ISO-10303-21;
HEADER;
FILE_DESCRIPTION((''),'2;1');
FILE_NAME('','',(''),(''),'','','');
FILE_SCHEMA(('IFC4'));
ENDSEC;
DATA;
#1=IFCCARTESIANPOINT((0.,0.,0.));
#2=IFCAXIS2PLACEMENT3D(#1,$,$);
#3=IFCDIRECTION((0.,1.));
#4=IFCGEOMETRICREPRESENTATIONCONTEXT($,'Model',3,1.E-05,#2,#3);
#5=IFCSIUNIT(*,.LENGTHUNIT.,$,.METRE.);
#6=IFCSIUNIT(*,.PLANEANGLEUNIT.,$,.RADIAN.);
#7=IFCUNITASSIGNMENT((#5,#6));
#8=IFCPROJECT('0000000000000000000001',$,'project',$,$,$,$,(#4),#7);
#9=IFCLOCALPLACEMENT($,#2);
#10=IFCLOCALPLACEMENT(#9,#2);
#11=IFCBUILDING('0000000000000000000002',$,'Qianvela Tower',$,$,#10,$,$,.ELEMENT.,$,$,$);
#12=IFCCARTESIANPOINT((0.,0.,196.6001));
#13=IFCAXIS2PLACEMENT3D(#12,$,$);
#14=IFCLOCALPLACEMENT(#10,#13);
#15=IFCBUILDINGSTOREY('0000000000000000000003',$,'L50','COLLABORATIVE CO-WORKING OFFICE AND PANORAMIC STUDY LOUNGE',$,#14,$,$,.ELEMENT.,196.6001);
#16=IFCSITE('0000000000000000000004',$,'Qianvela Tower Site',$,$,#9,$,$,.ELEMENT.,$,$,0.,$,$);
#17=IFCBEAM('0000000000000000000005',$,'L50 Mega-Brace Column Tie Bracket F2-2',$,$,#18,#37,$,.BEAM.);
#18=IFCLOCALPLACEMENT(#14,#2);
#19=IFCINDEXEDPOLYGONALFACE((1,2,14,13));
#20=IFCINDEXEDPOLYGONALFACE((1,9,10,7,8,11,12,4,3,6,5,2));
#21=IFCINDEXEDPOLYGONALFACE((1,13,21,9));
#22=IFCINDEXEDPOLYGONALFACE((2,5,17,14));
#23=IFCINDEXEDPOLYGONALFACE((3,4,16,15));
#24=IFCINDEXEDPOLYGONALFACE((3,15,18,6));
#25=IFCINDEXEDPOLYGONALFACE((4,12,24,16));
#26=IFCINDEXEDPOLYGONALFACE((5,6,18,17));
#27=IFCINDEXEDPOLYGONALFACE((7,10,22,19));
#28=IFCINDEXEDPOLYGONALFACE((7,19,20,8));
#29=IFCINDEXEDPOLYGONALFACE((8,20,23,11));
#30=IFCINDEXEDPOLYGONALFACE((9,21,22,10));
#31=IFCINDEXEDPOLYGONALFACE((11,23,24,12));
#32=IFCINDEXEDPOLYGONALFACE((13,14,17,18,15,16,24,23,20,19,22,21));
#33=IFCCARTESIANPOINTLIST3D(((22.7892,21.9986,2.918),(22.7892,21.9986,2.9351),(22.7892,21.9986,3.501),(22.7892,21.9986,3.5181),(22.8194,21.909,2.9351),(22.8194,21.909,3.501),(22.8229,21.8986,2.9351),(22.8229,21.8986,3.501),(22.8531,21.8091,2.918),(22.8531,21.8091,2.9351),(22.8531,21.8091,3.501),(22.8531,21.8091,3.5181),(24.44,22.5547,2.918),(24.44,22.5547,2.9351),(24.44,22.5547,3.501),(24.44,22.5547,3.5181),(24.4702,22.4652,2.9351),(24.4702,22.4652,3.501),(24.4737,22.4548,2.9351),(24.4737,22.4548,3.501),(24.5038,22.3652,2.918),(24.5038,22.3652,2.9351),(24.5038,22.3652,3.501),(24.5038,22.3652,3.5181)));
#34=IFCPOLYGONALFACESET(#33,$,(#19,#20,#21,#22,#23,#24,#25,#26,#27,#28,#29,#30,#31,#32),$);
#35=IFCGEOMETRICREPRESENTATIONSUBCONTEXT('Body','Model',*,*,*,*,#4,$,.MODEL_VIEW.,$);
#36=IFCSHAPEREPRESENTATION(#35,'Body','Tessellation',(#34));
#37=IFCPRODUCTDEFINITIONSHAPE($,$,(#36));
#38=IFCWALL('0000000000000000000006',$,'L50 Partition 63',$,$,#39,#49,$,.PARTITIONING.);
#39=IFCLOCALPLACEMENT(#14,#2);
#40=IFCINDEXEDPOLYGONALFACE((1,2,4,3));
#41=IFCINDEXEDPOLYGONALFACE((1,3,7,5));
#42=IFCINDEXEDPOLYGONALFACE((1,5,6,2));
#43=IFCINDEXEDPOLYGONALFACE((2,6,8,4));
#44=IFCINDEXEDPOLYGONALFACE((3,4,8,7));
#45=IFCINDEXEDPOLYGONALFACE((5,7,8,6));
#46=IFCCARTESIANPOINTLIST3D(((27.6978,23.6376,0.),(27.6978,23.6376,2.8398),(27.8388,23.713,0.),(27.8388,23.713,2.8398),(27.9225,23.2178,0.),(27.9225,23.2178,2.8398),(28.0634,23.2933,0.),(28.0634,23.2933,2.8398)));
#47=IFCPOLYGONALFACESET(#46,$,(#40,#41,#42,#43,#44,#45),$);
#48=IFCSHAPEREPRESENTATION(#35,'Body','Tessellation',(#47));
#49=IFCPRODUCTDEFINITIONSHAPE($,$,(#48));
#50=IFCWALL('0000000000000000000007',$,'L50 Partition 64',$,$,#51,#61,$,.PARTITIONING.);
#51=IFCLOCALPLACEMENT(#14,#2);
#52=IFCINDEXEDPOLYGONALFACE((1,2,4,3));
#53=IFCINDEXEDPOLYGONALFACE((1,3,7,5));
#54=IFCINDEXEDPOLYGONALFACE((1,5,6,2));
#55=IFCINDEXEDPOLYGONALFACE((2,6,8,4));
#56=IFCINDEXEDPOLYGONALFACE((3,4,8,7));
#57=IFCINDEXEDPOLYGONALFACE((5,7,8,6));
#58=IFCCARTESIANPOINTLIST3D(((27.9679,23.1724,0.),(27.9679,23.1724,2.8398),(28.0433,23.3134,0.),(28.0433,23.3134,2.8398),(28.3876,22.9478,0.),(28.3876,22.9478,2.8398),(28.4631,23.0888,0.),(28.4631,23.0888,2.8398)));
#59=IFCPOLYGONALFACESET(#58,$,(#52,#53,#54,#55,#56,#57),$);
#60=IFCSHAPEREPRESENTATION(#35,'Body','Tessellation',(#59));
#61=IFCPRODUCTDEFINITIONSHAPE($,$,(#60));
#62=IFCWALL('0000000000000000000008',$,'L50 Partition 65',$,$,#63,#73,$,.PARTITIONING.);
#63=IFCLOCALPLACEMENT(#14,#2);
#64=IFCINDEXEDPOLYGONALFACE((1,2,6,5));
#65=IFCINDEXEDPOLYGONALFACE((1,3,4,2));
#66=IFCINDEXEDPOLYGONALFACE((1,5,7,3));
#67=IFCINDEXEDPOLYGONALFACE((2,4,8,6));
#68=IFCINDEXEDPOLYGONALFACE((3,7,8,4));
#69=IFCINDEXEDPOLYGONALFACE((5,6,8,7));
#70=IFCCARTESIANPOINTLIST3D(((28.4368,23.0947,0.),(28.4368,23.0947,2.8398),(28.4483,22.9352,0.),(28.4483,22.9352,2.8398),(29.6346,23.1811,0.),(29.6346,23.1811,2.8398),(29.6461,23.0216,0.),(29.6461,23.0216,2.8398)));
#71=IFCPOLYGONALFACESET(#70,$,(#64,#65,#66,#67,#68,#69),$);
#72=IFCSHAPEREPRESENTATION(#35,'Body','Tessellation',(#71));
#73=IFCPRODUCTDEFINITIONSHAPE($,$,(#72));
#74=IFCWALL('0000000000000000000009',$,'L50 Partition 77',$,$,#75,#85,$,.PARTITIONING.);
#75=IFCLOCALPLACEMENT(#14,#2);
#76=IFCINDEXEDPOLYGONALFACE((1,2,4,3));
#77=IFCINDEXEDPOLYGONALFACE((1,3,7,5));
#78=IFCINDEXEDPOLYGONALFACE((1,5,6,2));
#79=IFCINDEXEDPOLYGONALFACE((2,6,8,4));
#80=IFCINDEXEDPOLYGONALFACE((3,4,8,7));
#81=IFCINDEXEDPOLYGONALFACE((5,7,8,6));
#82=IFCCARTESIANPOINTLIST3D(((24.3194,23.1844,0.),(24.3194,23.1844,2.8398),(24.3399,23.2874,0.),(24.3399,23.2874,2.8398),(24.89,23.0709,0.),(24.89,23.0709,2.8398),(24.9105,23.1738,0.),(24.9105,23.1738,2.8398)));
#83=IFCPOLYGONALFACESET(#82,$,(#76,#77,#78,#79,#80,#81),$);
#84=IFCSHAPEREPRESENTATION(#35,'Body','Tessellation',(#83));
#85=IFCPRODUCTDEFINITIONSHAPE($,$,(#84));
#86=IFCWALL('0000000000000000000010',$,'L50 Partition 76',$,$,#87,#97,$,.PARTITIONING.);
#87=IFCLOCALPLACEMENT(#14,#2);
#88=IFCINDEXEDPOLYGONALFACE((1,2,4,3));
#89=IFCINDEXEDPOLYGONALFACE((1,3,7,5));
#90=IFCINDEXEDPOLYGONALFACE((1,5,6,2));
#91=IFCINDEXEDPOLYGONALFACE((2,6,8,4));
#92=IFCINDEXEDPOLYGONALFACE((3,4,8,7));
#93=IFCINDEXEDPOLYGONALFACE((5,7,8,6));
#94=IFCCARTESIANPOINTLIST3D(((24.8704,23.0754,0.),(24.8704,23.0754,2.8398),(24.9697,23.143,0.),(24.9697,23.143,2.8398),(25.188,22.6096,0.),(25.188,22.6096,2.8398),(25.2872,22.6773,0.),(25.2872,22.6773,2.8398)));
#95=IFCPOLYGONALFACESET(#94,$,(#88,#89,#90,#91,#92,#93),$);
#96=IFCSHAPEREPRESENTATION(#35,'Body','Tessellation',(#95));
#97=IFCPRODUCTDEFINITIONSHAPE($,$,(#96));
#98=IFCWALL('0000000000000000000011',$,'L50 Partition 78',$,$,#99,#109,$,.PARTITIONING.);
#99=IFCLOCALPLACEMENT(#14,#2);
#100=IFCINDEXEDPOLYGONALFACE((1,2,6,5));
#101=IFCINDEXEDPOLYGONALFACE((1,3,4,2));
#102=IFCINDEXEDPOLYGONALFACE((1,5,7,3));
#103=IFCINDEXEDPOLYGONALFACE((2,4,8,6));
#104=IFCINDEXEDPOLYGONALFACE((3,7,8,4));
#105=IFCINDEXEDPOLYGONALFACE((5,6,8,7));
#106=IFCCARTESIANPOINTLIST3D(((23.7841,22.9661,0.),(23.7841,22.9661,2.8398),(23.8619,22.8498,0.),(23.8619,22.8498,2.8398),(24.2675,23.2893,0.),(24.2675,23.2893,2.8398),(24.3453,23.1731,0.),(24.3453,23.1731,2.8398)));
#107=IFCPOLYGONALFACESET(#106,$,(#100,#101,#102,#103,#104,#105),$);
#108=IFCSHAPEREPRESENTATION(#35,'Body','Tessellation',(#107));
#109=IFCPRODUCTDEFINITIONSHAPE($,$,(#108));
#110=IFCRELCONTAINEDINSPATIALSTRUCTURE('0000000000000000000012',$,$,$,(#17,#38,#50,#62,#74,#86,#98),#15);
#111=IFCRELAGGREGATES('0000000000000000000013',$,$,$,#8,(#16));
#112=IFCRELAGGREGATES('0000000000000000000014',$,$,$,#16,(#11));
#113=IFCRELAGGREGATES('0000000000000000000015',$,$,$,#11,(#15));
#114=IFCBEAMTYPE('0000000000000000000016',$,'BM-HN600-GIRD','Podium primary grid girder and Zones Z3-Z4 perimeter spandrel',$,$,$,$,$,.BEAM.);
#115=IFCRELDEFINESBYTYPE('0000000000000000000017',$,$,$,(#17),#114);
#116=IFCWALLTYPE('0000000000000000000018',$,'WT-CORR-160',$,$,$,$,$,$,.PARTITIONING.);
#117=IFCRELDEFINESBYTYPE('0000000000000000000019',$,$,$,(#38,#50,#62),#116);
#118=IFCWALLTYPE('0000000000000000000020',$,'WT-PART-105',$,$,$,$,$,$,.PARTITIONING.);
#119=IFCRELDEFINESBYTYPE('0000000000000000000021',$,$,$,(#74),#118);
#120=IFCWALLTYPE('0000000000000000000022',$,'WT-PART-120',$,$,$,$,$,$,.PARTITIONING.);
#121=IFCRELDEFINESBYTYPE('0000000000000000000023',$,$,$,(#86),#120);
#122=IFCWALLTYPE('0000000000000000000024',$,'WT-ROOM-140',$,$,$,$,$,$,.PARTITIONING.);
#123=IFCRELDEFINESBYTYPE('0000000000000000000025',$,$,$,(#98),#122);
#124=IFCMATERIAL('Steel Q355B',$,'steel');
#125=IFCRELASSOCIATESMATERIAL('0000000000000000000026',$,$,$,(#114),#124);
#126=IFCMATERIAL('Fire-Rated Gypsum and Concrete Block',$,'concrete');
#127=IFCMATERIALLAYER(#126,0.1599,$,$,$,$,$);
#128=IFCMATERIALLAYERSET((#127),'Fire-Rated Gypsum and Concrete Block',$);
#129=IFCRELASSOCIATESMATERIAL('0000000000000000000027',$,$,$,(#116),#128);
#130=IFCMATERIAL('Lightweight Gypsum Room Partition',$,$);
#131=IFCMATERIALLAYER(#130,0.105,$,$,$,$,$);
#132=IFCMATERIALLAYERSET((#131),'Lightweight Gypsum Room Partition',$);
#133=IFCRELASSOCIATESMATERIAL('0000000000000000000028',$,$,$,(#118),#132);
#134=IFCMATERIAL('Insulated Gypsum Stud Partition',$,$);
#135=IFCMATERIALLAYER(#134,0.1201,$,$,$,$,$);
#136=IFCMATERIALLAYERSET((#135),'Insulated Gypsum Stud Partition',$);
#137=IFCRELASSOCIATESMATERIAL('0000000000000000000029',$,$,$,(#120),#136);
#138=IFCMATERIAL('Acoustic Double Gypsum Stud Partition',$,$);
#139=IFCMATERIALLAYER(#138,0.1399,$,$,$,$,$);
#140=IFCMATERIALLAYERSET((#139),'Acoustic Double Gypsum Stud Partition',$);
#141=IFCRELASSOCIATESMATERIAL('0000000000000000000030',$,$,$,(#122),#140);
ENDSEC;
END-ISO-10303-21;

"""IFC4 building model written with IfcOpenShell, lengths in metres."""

from ifc_helpers import new_model, si_unit, direction, frame, frame_2d, origin, origin_2d, place, context, subcontext, project, spatial, rectangle, i_section, extrude, material, layer, layer_set, material_profile, profile_set, type_object, element, save


model = new_model("IFC4")

# Units and contexts
model_context = context("Model", 3, precision=1e-05, world=origin(), true_north=direction((0.0, 1.0)))
body_context = subcontext(model_context, "Body", "Model", "MODEL_VIEW")
ifc_project = project(units=[si_unit("LENGTHUNIT", "METRE"), si_unit("PLANEANGLEUNIT", "RADIAN")], contexts=[model_context])

# Site, building, storey
site_placement = place(None, origin())
site = spatial("IfcSite", under=ifc_project, at=site_placement, Name="Qianvela Tower Site", CompositionType="ELEMENT", RefElevation=0.0)
building_placement = place(site_placement, origin())
building = spatial("IfcBuilding", under=site, at=building_placement, Name="Qianvela Tower", CompositionType="ELEMENT")
storey_placement = place(building_placement, frame((0.0, 0.0, 196.6001)))
storey = spatial("IfcBuildingStorey", under=building, at=storey_placement, Name="L50", Description="COLLABORATIVE CO-WORKING OFFICE AND PANORAMIC STUDY LOUNGE", CompositionType="ELEMENT", Elevation=196.6001)

# Beam
ifc_material_1 = material(Name="Steel Q355B", Category="steel")
ifc_material_profile_1 = material_profile(ifc_material_1, i_section(OverallWidth=0.2, OverallDepth=0.6001, WebThickness=0.011, FlangeThickness=0.0171, at=origin_2d()), Name="HN600x200x11x17")
ifc_profile_set_1 = profile_set([ifc_material_profile_1], Name="Steel Q355B")
beam_type_1 = type_object("IfcBeamType", Name="BM-HN600-GIRD", Description="Podium primary grid girder and Zones Z3-Z4 perimeter spandrel", PredefinedType="BEAM", material=ifc_profile_set_1)
beam_1_placement = place(storey_placement, frame((24.4719, 22.46, 3.218), z_axis=(-0.947669, -0.319253, 0.0), x_axis=(0.319253, -0.947669, 0.0)))
element("IfcBeam", 1, at=beam_1_placement, inside=storey, type_object=beam_type_1, Name="L50 Mega-Brace Column Tie Bracket F2-2", PredefinedType="BEAM", context=body_context, shape_type="SweptSolid", body=[
    extrude(i_section(OverallWidth=0.2, OverallDepth=0.6001, WebThickness=0.011, FlangeThickness=0.0171, at=origin_2d()), origin(), (0.0, 0.0, 1.0), 1.7419),
])

# Walls
ifc_material_2 = material(Name="Fire-Rated Gypsum and Concrete Block", Category="concrete")
ifc_layer_1 = layer(ifc_material_2, 0.1599)
ifc_layer_set_1 = layer_set([ifc_layer_1], Name="Fire-Rated Gypsum and Concrete Block")
wall_type_1 = type_object("IfcWallType", Name="WT-CORR-160", PredefinedType="PARTITIONING", material=ifc_layer_set_1)
for number, where, z_axis, x_axis, name in (
    (2, (27.7683, 23.6753, 0.0), (0.0, 0.0, 1.0), (0.471866, -0.881671, 0.0), "L50 Partition 63"),
    (3, (28.0056, 23.2429, 0.0), (0.0, 0.0, 1.0), (0.881671, -0.471866, 0.0), "L50 Partition 64"),
):
    element("IfcWall", number, at=place(storey_placement, frame(where, z_axis=z_axis, x_axis=x_axis)), inside=storey, type_object=wall_type_1, Name=name, PredefinedType="PARTITIONING", context=body_context, shape_type="SweptSolid", body=[
        extrude(rectangle(XDim=0.4761, YDim=0.1599, at=frame_2d((0.238, 0.0))), origin(), (0.0, 0.0, 1.0), 2.8398),
    ])
wall_1_placement = place(storey_placement, frame((28.4424, 23.0149, 0.0), z_axis=(0.0, 0.0, 1.0), x_axis=(0.997407, 0.071969, 0.0)))
element("IfcWall", 4, at=wall_1_placement, inside=storey, type_object=wall_type_1, Name="L50 Partition 65", PredefinedType="PARTITIONING", context=body_context, shape_type="SweptSolid", body=[
    extrude(rectangle(XDim=1.2009, YDim=0.1599, at=frame_2d((0.6006, 0.0))), origin(), (0.0, 0.0, 1.0), 2.8398),
])
ifc_material_3 = material(Name="Lightweight Gypsum Room Partition")
ifc_layer_2 = layer(ifc_material_3, 0.105)
ifc_layer_set_2 = layer_set([ifc_layer_2], Name="Lightweight Gypsum Room Partition")
wall_type_2 = type_object("IfcWallType", Name="WT-PART-105", PredefinedType="PARTITIONING", material=ifc_layer_set_2)
wall_2_placement = place(storey_placement, frame((24.9004, 23.1223, 0.0), z_axis=(0.0, 0.0, 1.0), x_axis=(-0.980774, 0.195148, 0.0)))
element("IfcWall", 5, at=wall_2_placement, inside=storey, type_object=wall_type_2, Name="L50 Partition 77", PredefinedType="PARTITIONING", context=body_context, shape_type="SweptSolid", body=[
    extrude(rectangle(XDim=0.5818, YDim=0.105, at=frame_2d((0.291, 0.0))), origin(), (0.0, 0.0, 1.0), 2.8398),
])
ifc_material_4 = material(Name="Insulated Gypsum Stud Partition")
ifc_layer_3 = layer(ifc_material_4, 0.1201)
ifc_layer_set_3 = layer_set([ifc_layer_3], Name="Insulated Gypsum Stud Partition")
wall_type_3 = type_object("IfcWallType", Name="WT-PART-120", PredefinedType="PARTITIONING", material=ifc_layer_set_3)
wall_3_placement = place(storey_placement, frame((25.2375, 22.6436, 0.0), z_axis=(0.0, 0.0, 1.0), x_axis=(-0.563364, 0.826209, 0.0)))
element("IfcWall", 6, at=wall_3_placement, inside=storey, type_object=wall_type_3, Name="L50 Partition 76", PredefinedType="PARTITIONING", context=body_context, shape_type="SweptSolid", body=[
    extrude(rectangle(XDim=0.5637, YDim=0.1201, at=frame_2d((0.2817, 0.0))), origin(), (0.0, 0.0, 1.0), 2.8398),
])
ifc_material_5 = material(Name="Acoustic Double Gypsum Stud Partition")
ifc_layer_4 = layer(ifc_material_5, 0.1399)
ifc_layer_set_4 = layer_set([ifc_layer_4], Name="Acoustic Double Gypsum Stud Partition")
wall_type_4 = type_object("IfcWallType", Name="WT-ROOM-140", PredefinedType="PARTITIONING", material=ifc_layer_set_4)
wall_4_placement = place(storey_placement, frame((24.3064, 23.2312, 0.0), z_axis=(0.0, 0.0, 1.0), x_axis=(-0.831274, -0.555862, 0.0)))
element("IfcWall", 7, at=wall_4_placement, inside=storey, type_object=wall_type_4, Name="L50 Partition 78", PredefinedType="PARTITIONING", context=body_context, shape_type="SweptSolid", body=[
    extrude(rectangle(XDim=0.5815, YDim=0.1399, at=frame_2d((0.2908, 0.0))), origin(), (0.0, 0.0, 1.0), 2.8398),
])

save(model, "model.ifc")
